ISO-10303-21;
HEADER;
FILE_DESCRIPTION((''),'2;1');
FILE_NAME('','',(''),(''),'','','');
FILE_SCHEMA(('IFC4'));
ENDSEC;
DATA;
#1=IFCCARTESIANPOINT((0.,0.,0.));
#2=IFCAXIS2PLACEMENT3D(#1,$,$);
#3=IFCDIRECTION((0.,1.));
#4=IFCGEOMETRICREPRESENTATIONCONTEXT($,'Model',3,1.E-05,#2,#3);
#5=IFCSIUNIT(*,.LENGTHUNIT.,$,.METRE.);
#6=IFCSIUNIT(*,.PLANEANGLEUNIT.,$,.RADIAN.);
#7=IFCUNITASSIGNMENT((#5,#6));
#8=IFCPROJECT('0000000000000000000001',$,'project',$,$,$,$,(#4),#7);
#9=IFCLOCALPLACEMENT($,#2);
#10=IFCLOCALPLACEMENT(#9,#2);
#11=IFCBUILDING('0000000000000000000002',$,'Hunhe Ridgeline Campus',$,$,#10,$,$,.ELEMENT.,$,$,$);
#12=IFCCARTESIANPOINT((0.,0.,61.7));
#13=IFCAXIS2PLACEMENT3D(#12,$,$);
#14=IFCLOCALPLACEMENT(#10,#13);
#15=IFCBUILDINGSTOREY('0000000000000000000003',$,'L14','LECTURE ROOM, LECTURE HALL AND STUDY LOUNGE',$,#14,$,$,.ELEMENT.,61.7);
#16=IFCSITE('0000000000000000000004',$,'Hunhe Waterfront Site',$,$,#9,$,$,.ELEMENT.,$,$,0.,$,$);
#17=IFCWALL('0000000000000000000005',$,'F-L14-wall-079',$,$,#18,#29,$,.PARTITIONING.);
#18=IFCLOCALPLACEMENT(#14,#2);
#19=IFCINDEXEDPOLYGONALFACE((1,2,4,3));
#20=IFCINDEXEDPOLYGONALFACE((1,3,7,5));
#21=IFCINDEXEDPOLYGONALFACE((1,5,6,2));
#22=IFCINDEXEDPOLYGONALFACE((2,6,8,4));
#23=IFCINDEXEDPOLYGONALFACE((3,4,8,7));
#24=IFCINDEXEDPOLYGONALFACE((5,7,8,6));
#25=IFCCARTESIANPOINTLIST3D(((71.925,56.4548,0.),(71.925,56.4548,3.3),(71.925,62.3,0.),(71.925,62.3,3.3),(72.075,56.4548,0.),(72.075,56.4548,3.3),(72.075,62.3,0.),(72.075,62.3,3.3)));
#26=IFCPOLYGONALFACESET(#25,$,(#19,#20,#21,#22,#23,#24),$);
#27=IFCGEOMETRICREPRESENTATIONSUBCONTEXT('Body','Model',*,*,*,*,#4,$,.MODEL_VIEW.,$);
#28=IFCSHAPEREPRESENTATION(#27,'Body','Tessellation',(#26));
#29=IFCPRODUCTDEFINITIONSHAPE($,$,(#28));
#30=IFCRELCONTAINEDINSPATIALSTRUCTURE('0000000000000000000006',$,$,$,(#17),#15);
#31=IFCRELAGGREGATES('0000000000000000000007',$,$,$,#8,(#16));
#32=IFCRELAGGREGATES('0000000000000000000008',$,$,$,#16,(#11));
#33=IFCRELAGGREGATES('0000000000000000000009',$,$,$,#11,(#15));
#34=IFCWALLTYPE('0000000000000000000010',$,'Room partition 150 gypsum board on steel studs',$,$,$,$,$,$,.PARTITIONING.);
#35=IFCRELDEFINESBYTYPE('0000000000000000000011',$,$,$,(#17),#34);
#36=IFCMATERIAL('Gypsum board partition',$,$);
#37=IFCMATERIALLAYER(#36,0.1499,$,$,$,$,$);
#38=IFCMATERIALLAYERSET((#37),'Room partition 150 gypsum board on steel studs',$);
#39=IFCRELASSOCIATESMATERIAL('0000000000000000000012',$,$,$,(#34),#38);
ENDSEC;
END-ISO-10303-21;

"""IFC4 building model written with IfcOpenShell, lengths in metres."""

from ifc_helpers import new_model, si_unit, direction, frame, frame_2d, origin, place, context, subcontext, project, spatial, rectangle, extrude, material, layer, layer_set, type_object, element, save


model = new_model("IFC4")

# Units and contexts
model_context = context("Model", 3, precision=1e-05, world=origin(), true_north=direction((0.0, 1.0)))
body_context = subcontext(model_context, "Body", "Model", "MODEL_VIEW")
ifc_project = project(units=[si_unit("LENGTHUNIT", "METRE"), si_unit("PLANEANGLEUNIT", "RADIAN")], contexts=[model_context])

# Site, building, storey
site_placement = place(None, origin())
site = spatial("IfcSite", under=ifc_project, at=site_placement, Name="Hunhe Waterfront Site", CompositionType="ELEMENT", RefElevation=0.0)
building_placement = place(site_placement, origin())
building = spatial("IfcBuilding", under=site, at=building_placement, Name="Hunhe Ridgeline Campus", CompositionType="ELEMENT")
storey_placement = place(building_placement, frame((0.0, 0.0, 61.7)))
storey = spatial("IfcBuildingStorey", under=building, at=storey_placement, Name="L14", Description="LECTURE ROOM, LECTURE HALL AND STUDY LOUNGE", CompositionType="ELEMENT", Elevation=61.7)

# Wall
ifc_material_1 = material(Name="Gypsum board partition")
ifc_layer_1 = layer(ifc_material_1, 0.1499)
ifc_layer_set_1 = layer_set([ifc_layer_1], Name="Room partition 150 gypsum board on steel studs")
wall_type_1 = type_object("IfcWallType", Name="Room partition 150 gypsum board on steel studs", PredefinedType="PARTITIONING", material=ifc_layer_set_1)
for number, where, z_axis, x_axis, name in (
    (1, (72.0, 62.3, 0.0), (0.0, 0.0, 1.0), (0.0, -1.0, 0.0), "F-L14-wall-079"),
):
    element("IfcWall", number, at=place(storey_placement, frame(where, z_axis=z_axis, x_axis=x_axis)), inside=storey, type_object=wall_type_1, Name=name, PredefinedType="PARTITIONING", context=body_context, shape_type="SweptSolid", body=[
        extrude(rectangle(XDim=5.8452, YDim=0.1499, at=frame_2d((2.9226, 0.0))), origin(), (0.0, 0.0, 1.0), 3.3),
    ])

save(model, "model.ifc")
